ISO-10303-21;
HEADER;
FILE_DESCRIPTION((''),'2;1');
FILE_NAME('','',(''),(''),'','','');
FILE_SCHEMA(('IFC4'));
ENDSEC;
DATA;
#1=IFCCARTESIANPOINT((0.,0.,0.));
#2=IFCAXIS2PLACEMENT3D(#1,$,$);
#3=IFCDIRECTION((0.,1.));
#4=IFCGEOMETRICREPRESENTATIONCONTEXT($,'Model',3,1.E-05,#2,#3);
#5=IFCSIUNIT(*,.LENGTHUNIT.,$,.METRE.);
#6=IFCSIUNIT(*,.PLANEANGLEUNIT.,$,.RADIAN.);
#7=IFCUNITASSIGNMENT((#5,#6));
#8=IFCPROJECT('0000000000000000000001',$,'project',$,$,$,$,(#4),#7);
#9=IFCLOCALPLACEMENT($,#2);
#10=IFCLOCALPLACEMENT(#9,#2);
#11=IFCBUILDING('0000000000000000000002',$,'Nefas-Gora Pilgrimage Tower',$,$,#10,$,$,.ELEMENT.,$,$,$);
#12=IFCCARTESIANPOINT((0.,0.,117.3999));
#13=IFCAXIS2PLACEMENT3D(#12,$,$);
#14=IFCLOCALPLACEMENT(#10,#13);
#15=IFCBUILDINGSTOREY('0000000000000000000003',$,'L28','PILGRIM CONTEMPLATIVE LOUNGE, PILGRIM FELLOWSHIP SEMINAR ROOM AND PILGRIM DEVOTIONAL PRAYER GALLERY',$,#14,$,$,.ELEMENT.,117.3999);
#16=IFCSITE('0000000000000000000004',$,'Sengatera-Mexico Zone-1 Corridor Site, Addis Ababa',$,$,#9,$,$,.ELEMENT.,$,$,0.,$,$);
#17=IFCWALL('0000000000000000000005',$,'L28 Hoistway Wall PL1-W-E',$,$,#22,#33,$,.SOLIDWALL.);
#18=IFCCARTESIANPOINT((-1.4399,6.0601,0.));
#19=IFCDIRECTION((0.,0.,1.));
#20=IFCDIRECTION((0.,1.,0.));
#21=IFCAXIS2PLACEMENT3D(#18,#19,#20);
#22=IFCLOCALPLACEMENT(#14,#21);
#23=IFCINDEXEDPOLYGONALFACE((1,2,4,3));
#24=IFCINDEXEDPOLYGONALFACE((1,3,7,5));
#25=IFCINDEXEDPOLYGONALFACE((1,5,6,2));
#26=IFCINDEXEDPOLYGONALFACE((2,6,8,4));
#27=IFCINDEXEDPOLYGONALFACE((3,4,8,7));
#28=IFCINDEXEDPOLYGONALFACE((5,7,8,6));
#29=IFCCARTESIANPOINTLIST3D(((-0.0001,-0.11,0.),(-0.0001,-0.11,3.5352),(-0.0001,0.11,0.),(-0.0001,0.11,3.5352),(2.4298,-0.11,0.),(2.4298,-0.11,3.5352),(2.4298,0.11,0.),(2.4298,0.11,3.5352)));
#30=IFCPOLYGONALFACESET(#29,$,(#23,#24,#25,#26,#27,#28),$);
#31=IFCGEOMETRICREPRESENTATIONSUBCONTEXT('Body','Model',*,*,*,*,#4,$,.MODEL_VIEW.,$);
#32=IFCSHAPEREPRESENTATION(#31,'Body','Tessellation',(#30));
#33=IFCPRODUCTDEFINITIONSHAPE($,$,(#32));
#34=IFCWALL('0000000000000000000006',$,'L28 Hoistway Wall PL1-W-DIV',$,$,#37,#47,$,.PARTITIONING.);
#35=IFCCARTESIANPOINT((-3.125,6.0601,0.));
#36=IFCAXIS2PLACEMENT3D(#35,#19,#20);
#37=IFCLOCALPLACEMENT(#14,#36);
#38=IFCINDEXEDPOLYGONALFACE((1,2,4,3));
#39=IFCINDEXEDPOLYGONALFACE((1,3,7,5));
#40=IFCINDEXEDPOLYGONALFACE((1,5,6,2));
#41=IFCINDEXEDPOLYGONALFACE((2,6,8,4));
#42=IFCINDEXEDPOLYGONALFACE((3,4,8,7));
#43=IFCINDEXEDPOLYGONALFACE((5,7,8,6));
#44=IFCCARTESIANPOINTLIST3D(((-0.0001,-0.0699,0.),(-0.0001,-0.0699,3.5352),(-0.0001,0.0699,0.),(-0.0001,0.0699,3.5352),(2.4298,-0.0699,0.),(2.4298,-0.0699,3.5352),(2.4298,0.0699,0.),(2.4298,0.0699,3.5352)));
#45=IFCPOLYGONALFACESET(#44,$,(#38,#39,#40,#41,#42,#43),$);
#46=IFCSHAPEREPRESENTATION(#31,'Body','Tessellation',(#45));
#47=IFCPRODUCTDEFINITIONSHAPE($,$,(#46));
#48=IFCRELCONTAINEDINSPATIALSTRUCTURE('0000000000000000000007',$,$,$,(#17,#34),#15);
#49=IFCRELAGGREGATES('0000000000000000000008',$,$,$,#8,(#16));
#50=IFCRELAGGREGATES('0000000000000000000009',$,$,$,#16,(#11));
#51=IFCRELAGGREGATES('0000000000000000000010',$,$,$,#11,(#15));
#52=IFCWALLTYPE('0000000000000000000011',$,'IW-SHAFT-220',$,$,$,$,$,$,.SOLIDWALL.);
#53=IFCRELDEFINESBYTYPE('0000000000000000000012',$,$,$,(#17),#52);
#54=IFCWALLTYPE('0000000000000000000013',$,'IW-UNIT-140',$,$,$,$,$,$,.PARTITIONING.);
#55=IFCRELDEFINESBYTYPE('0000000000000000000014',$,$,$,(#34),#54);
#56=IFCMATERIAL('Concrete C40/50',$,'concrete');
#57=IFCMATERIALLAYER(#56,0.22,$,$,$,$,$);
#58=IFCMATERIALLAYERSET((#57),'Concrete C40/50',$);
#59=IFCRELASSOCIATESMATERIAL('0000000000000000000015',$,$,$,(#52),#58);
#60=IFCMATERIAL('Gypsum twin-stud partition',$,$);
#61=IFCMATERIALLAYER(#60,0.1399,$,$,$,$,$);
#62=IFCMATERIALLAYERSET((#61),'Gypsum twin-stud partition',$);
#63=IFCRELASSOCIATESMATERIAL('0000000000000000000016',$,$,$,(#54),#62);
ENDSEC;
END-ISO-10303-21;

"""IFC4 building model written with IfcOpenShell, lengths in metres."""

from ifc_helpers import new_model, si_unit, direction, frame, frame_2d, origin, place, context, subcontext, project, spatial, rectangle, extrude, source, transform, mapped, material, layer, layer_set, type_object, element, save


model = new_model("IFC4")

# Units and contexts
model_context = context("Model", 3, precision=1e-05, world=origin(), true_north=direction((0.0, 1.0)))
body_context = subcontext(model_context, "Body", "Model", "MODEL_VIEW")
ifc_project = project(units=[si_unit("LENGTHUNIT", "METRE"), si_unit("PLANEANGLEUNIT", "RADIAN")], contexts=[model_context])

# Site, building, storey
site_placement = place(None, origin())
site = spatial("IfcSite", under=ifc_project, at=site_placement, Name="Sengatera-Mexico Zone-1 Corridor Site, Addis Ababa", CompositionType="ELEMENT", RefElevation=0.0)
building_placement = place(site_placement, origin())
building = spatial("IfcBuilding", under=site, at=building_placement, Name="Nefas-Gora Pilgrimage Tower", CompositionType="ELEMENT")
storey_placement = place(building_placement, frame((0.0, 0.0, 117.3999)))
storey = spatial("IfcBuildingStorey", under=building, at=storey_placement, Name="L28", Description="PILGRIM CONTEMPLATIVE LOUNGE, PILGRIM FELLOWSHIP SEMINAR ROOM AND PILGRIM DEVOTIONAL PRAYER GALLERY", CompositionType="ELEMENT", Elevation=117.3999)

# Shared definitions
ifc_material_1 = material(Name="Concrete C40/50", Category="concrete")

# Shared definitions
ifc_layer_1 = layer(ifc_material_1, 0.22)
ifc_layer_set_1 = layer_set([ifc_layer_1], Name="Concrete C40/50")
wall_type_1 = type_object("IfcWallType", Name="IW-SHAFT-220", PredefinedType="SOLIDWALL", material=ifc_layer_set_1)

# Walls
shared_shape_1 = source(origin(), body_context, "Body", "SweptSolid", [
    extrude(rectangle(XDim=2.4299, YDim=0.22, at=frame_2d((1.2148, 0.0))), origin(), (0.0, 0.0, 1.0), 3.5352),
])
wall_1_placement = place(storey_placement, frame((-1.4399, 6.0601, 0.0), z_axis=(0.0, 0.0, 1.0), x_axis=(0.0, 1.0, 0.0)))
element("IfcWall", 1, at=wall_1_placement, inside=storey, type_object=wall_type_1, Name="L28 Hoistway Wall PL1-W-E", PredefinedType="SOLIDWALL", context=body_context, shape_type="MappedRepresentation", body=[
    mapped(shared_shape_1, transform((0.0, 0.0, 0.0), x_axis=(1.0, 0.0, 0.0), y_axis=(0.0, 1.0, 0.0), z_axis=(0.0, 0.0, 1.0), scale=1.0)),
])
ifc_material_2 = material(Name="Gypsum twin-stud partition")
ifc_layer_2 = layer(ifc_material_2, 0.1399)
ifc_layer_set_2 = layer_set([ifc_layer_2], Name="Gypsum twin-stud partition")
wall_type_2 = type_object("IfcWallType", Name="IW-UNIT-140", PredefinedType="PARTITIONING", material=ifc_layer_set_2)
shared_shape_2 = source(origin(), body_context, "Body", "SweptSolid", [
    extrude(rectangle(XDim=2.4299, YDim=0.1399, at=frame_2d((1.2148, 0.0))), origin(), (0.0, 0.0, 1.0), 3.5352),
])
wall_2_placement = place(storey_placement, frame((-3.125, 6.0601, 0.0), z_axis=(0.0, 0.0, 1.0), x_axis=(0.0, 1.0, 0.0)))
element("IfcWall", 2, at=wall_2_placement, inside=storey, type_object=wall_type_2, Name="L28 Hoistway Wall PL1-W-DIV", PredefinedType="PARTITIONING", context=body_context, shape_type="MappedRepresentation", body=[
    mapped(shared_shape_2, transform((0.0, 0.0, 0.0), x_axis=(1.0, 0.0, 0.0), y_axis=(0.0, 1.0, 0.0), z_axis=(0.0, 0.0, 1.0), scale=1.0)),
])

save(model, "model.ifc")
